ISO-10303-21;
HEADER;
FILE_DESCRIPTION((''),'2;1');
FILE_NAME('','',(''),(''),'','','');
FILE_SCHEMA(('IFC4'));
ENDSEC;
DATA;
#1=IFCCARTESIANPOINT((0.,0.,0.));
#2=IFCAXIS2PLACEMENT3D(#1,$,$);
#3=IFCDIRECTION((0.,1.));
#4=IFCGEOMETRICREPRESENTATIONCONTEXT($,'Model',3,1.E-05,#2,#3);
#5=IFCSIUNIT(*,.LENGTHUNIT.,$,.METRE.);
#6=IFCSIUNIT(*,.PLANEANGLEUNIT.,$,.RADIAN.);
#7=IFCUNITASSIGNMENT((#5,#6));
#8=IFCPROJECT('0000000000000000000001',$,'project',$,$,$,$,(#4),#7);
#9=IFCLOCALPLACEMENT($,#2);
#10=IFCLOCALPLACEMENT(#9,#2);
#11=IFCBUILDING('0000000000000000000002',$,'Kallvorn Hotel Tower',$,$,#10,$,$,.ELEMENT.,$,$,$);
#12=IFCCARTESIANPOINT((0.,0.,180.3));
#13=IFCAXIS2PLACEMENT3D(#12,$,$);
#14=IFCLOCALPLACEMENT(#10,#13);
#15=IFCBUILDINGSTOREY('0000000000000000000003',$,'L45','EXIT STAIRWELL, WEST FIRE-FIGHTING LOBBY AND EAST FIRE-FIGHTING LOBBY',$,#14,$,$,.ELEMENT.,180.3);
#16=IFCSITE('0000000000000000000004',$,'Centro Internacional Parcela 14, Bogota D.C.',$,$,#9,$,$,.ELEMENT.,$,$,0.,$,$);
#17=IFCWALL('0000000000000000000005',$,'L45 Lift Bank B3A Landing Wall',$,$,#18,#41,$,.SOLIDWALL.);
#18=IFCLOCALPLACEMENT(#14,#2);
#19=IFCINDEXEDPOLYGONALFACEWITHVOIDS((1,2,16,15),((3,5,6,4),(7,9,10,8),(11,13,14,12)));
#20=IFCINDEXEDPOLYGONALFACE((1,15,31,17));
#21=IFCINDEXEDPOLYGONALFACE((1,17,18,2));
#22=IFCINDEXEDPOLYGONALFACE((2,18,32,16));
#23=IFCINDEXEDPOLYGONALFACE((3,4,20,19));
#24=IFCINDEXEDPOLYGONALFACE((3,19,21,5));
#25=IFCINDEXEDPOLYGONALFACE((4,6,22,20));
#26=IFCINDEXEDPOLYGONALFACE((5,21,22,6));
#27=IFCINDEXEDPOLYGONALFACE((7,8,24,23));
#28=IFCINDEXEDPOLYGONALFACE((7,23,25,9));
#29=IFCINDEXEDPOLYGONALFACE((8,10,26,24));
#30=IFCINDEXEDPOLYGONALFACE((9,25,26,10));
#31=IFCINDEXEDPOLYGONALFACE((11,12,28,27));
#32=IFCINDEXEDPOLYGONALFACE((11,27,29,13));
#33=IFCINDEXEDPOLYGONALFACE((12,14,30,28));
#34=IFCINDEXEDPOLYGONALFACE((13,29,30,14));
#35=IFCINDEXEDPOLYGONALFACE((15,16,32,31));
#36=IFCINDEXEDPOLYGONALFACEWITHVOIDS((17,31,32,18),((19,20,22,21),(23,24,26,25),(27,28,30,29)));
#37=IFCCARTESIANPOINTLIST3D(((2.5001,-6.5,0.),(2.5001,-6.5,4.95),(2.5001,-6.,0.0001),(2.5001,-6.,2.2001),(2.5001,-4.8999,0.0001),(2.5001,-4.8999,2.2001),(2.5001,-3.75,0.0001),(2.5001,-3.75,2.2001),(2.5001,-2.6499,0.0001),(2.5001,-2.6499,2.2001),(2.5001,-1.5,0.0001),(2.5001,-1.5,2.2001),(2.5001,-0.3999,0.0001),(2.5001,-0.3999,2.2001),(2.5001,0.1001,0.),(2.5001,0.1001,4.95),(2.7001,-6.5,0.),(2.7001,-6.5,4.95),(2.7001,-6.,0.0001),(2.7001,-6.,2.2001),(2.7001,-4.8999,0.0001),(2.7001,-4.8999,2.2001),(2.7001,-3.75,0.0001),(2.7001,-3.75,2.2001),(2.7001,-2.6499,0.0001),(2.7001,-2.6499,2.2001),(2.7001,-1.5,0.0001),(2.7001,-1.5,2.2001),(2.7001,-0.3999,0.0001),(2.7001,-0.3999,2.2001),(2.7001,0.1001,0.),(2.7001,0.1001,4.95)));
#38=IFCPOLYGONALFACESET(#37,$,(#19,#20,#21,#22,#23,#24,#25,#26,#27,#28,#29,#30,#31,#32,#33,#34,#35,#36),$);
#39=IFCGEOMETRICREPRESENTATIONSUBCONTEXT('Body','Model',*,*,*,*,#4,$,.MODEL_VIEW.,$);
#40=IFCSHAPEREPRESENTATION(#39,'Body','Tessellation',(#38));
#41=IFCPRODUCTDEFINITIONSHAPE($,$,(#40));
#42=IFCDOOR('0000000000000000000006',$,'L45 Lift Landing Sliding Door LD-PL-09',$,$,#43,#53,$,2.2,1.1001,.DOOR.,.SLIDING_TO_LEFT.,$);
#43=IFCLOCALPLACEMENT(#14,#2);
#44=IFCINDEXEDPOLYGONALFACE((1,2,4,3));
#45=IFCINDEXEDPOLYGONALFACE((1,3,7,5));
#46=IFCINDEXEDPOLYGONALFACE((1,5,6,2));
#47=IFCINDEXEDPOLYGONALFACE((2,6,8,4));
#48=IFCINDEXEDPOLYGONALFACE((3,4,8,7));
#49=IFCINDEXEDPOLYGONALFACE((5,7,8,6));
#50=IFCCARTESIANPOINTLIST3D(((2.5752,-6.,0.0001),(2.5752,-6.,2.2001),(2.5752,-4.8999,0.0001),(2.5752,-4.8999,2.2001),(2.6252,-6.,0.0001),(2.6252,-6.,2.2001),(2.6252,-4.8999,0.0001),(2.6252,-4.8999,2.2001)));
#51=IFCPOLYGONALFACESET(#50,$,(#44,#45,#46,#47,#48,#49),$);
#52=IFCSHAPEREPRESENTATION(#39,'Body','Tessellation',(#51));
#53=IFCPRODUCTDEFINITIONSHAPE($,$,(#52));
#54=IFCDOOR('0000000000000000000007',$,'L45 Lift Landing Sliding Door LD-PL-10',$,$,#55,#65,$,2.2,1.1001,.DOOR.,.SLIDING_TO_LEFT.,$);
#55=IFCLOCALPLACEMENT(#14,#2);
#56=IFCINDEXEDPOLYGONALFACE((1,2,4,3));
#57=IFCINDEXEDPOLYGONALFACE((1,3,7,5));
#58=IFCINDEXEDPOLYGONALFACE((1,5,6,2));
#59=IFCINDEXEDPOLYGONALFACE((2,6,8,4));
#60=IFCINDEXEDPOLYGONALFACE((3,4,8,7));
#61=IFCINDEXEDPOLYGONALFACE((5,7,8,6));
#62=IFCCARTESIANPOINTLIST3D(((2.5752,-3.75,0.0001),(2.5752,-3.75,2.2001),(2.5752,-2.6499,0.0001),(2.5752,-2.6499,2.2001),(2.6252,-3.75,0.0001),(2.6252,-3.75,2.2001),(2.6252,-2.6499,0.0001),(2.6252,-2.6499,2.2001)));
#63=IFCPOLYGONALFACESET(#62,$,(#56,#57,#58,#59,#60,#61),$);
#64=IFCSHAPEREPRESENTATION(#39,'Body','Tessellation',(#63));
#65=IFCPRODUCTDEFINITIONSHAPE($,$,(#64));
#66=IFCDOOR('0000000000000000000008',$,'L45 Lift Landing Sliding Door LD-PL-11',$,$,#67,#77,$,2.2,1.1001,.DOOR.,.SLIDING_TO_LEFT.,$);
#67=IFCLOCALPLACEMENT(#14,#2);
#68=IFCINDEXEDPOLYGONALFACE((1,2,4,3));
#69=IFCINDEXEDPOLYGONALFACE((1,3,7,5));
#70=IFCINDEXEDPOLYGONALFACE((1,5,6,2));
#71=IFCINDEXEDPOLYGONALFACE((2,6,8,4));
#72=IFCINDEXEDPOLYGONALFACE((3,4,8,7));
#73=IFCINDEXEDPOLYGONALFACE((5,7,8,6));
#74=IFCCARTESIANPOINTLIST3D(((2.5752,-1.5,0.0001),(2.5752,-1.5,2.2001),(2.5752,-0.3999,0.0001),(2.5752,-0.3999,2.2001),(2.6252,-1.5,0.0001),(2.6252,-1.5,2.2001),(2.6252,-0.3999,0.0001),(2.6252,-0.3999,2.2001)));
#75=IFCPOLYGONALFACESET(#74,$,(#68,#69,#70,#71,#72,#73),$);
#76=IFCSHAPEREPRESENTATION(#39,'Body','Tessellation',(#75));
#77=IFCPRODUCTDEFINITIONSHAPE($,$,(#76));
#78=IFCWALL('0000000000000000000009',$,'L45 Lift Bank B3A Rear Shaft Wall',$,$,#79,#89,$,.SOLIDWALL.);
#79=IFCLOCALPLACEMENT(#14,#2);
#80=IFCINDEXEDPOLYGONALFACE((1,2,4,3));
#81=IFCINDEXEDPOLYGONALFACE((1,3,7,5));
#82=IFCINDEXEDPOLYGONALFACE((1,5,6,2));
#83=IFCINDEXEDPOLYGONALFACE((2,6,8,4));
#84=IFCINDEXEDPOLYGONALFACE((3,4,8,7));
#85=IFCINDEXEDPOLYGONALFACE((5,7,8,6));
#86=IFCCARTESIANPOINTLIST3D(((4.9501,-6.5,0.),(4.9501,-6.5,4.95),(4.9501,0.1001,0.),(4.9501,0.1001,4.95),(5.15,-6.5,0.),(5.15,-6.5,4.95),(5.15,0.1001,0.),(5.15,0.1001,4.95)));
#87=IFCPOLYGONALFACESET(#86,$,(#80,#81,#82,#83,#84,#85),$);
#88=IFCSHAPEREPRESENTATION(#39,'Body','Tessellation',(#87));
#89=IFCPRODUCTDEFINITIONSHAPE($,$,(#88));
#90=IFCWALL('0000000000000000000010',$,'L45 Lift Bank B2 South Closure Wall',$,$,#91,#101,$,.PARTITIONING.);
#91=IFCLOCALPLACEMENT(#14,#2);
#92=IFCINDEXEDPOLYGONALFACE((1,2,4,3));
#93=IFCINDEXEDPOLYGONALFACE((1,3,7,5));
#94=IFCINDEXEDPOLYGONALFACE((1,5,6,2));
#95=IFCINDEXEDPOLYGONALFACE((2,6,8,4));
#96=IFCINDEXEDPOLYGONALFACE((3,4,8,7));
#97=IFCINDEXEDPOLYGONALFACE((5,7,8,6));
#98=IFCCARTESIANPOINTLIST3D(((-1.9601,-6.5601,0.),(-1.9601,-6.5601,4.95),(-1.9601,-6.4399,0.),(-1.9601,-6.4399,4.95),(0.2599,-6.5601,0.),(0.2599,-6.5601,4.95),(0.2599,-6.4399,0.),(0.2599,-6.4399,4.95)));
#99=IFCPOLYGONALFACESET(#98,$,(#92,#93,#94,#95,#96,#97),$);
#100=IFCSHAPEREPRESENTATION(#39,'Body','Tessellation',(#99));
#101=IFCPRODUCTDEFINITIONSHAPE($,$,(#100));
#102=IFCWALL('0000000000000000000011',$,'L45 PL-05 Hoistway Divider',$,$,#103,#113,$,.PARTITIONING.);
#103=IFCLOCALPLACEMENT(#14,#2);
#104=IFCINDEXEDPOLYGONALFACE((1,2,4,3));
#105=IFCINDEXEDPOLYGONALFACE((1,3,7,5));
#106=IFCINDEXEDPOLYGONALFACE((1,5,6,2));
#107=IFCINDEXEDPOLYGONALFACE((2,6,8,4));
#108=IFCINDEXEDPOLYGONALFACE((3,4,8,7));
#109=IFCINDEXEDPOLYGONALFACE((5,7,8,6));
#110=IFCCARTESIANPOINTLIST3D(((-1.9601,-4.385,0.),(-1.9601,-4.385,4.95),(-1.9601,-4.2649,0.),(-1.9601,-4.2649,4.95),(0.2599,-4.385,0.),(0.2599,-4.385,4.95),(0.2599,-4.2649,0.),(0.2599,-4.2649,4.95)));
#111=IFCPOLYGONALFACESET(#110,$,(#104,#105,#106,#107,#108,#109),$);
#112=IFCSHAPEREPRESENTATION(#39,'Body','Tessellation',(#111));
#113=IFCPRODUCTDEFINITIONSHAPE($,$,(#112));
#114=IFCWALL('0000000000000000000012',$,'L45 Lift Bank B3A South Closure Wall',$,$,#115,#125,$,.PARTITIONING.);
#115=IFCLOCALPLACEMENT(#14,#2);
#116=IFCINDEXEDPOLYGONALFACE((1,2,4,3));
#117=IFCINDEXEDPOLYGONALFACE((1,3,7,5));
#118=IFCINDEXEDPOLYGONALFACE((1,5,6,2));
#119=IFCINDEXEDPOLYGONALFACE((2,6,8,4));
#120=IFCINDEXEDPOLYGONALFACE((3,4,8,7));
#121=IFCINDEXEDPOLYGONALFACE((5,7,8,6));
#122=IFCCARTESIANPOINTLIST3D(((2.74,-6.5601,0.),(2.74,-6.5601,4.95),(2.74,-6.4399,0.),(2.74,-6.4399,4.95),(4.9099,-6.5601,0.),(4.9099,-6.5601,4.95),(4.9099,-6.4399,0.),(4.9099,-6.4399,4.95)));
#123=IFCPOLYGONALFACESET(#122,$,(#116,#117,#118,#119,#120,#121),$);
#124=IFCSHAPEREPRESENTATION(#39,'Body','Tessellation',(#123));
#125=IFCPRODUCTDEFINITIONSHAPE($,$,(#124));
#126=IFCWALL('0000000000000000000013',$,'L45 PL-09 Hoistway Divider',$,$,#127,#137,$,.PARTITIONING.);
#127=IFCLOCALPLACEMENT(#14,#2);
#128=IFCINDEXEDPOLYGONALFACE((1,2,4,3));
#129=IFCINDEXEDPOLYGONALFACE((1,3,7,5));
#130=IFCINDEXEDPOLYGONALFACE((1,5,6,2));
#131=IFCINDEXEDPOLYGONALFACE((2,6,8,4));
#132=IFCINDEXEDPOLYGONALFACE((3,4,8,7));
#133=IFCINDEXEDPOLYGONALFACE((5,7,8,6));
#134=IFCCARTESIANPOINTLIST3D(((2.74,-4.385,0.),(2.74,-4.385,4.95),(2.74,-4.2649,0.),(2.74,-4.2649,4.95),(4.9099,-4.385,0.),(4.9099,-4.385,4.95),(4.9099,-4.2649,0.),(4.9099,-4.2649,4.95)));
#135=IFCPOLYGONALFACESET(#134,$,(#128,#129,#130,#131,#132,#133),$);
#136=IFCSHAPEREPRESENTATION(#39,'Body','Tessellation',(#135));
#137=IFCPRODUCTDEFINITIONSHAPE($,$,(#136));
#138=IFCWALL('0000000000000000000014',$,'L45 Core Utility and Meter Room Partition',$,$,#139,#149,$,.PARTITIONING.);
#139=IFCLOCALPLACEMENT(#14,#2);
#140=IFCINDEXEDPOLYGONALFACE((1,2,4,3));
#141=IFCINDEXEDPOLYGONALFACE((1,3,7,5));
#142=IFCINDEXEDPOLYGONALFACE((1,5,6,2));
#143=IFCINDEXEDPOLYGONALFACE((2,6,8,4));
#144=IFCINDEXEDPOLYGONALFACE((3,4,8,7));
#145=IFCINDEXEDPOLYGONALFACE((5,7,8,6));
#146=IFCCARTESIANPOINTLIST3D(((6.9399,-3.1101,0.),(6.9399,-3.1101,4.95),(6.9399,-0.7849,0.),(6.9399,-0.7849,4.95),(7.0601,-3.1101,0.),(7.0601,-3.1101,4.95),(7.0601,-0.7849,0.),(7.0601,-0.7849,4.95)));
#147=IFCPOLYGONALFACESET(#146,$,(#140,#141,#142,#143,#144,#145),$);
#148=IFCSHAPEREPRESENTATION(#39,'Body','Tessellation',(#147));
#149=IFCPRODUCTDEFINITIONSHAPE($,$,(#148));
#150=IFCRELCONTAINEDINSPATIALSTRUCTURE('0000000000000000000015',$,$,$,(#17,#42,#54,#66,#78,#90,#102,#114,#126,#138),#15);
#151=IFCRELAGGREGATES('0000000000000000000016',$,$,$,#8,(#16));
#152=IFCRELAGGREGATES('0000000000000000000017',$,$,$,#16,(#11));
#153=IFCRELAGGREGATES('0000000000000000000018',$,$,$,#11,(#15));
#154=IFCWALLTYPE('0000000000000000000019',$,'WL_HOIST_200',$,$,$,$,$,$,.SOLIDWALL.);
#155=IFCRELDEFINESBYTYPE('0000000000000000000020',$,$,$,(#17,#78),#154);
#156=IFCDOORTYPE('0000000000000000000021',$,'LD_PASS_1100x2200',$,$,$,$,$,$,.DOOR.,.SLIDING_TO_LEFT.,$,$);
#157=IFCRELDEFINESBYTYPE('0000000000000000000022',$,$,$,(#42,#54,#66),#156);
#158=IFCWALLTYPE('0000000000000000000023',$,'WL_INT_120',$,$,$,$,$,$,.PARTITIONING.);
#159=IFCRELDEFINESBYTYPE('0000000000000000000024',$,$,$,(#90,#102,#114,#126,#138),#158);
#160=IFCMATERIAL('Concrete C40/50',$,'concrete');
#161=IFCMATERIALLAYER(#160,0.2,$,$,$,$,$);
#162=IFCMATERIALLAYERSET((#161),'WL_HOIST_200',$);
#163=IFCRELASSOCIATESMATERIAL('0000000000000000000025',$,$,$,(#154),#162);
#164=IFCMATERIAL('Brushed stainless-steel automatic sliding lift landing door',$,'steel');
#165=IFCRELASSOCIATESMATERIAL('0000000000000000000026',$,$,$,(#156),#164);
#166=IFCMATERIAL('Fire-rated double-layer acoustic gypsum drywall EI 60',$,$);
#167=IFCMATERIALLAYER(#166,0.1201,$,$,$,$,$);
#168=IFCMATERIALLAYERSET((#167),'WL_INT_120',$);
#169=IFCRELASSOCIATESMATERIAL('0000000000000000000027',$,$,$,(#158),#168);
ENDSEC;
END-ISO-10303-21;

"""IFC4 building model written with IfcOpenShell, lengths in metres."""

from ifc_helpers import new_model, si_unit, direction, frame, frame_2d, origin, place, context, subcontext, project, spatial, rectangle, extrude, material, layer, layer_set, type_object, element, fill, save


model = new_model("IFC4")

# Units and contexts
model_context = context("Model", 3, precision=1e-05, world=origin(), true_north=direction((0.0, 1.0)))
body_context = subcontext(model_context, "Body", "Model", "MODEL_VIEW")
ifc_project = project(units=[si_unit("LENGTHUNIT", "METRE"), si_unit("PLANEANGLEUNIT", "RADIAN")], contexts=[model_context])

# Site, building, storey
site_placement = place(None, origin())
site = spatial("IfcSite", under=ifc_project, at=site_placement, Name="Centro Internacional Parcela 14, Bogota D.C.", CompositionType="ELEMENT", RefElevation=0.0)
building_placement = place(site_placement, origin())
building = spatial("IfcBuilding", under=site, at=building_placement, Name="Kallvorn Hotel Tower", CompositionType="ELEMENT")
storey_placement = place(building_placement, frame((0.0, 0.0, 180.3)))
storey = spatial("IfcBuildingStorey", under=building, at=storey_placement, Name="L45", Description="EXIT STAIRWELL, WEST FIRE-FIGHTING LOBBY AND EAST FIRE-FIGHTING LOBBY", CompositionType="ELEMENT", Elevation=180.3)

# Shared definitions
ifc_material_1 = material(Name="Concrete C40/50", Category="concrete")
ifc_layer_1 = layer(ifc_material_1, 0.2)
ifc_layer_set_1 = layer_set([ifc_layer_1], Name="WL_HOIST_200")
wall_type_1 = type_object("IfcWallType", Name="WL_HOIST_200", PredefinedType="SOLIDWALL", material=ifc_layer_set_1)
ifc_material_2 = material(Name="Brushed stainless-steel automatic sliding lift landing door", Category="steel")
door_type_1 = type_object("IfcDoorType", Name="LD_PASS_1100x2200", OperationType="SLIDING_TO_LEFT", PredefinedType="DOOR", material=ifc_material_2)

# Wall, openings, doors
wall_1_placement = place(storey_placement, frame((2.6001, -6.5, 0.0), z_axis=(0.0, 0.0, 1.0), x_axis=(0.0, 1.0, 0.0)))
wall_1 = element("IfcWall", 1, at=wall_1_placement, inside=storey, type_object=wall_type_1, Name="L45 Lift Bank B3A Landing Wall", PredefinedType="SOLIDWALL", context=body_context, shape_type="SweptSolid", body=[
    extrude(rectangle(XDim=6.6001, YDim=0.2, at=frame_2d((3.3, 0.0))), origin(), (0.0, 0.0, 1.0), 4.95),
])
opening_1_placement = place(wall_1_placement, frame((0.5, 0.0, 0.0)))
opening_1 = element("IfcOpeningElement", 2, at=opening_1_placement, cuts=wall_1, PredefinedType="OPENING", context=body_context, shape_type="SweptSolid", body=[
    extrude(rectangle(XDim=1.1001, YDim=2.2, at=frame_2d((0.55, 1.1001))), frame((0.0, 0.115, 0.0), z_axis=(0.0, -1.0, 0.0), x_axis=(1.0, 0.0, 0.0)), (0.0, 0.0, 1.0), 0.23),
])
opening_2_placement = place(wall_1_placement, frame((2.75, 0.0, 0.0)))
opening_2 = element("IfcOpeningElement", 3, at=opening_2_placement, cuts=wall_1, PredefinedType="OPENING", context=body_context, shape_type="SweptSolid", body=[
    extrude(rectangle(XDim=1.1001, YDim=2.2, at=frame_2d((0.55, 1.1001))), frame((0.0, 0.115, 0.0), z_axis=(0.0, -1.0, 0.0), x_axis=(1.0, 0.0, 0.0)), (0.0, 0.0, 1.0), 0.23),
])
opening_3_placement = place(wall_1_placement, frame((5.0, 0.0, 0.0)))
opening_3 = element("IfcOpeningElement", 4, at=opening_3_placement, cuts=wall_1, PredefinedType="OPENING", context=body_context, shape_type="SweptSolid", body=[
    extrude(rectangle(XDim=1.1001, YDim=2.2, at=frame_2d((0.55, 1.1001))), frame((0.0, 0.115, 0.0), z_axis=(0.0, -1.0, 0.0), x_axis=(1.0, 0.0, 0.0)), (0.0, 0.0, 1.0), 0.23),
])
door_1_placement = place(opening_1_placement, origin())
door_1 = element("IfcDoor", 5, at=door_1_placement, inside=storey, type_object=door_type_1, Name="L45 Lift Landing Sliding Door LD-PL-09", OperationType="SLIDING_TO_LEFT", OverallHeight=2.2, OverallWidth=1.1001, PredefinedType="DOOR", context=body_context, shape_type="SweptSolid", body=[
    extrude(rectangle(XDim=1.1001, YDim=2.2, at=frame_2d((0.55, 1.1001))), frame((0.0, 0.0249, 0.0), z_axis=(0.0, -1.0, 0.0), x_axis=(1.0, 0.0, 0.0)), (0.0, 0.0, 1.0), 0.05),
])
fill(opening_1, door_1)
door_2_placement = place(opening_2_placement, origin())
door_2 = element("IfcDoor", 6, at=door_2_placement, inside=storey, type_object=door_type_1, Name="L45 Lift Landing Sliding Door LD-PL-10", OperationType="SLIDING_TO_LEFT", OverallHeight=2.2, OverallWidth=1.1001, PredefinedType="DOOR", context=body_context, shape_type="SweptSolid", body=[
    extrude(rectangle(XDim=1.1001, YDim=2.2, at=frame_2d((0.55, 1.1001))), frame((0.0, 0.0249, 0.0), z_axis=(0.0, -1.0, 0.0), x_axis=(1.0, 0.0, 0.0)), (0.0, 0.0, 1.0), 0.05),
])
fill(opening_2, door_2)
door_3_placement = place(opening_3_placement, origin())
door_3 = element("IfcDoor", 7, at=door_3_placement, inside=storey, type_object=door_type_1, Name="L45 Lift Landing Sliding Door LD-PL-11", OperationType="SLIDING_TO_LEFT", OverallHeight=2.2, OverallWidth=1.1001, PredefinedType="DOOR", context=body_context, shape_type="SweptSolid", body=[
    extrude(rectangle(XDim=1.1001, YDim=2.2, at=frame_2d((0.55, 1.1001))), frame((0.0, 0.0249, 0.0), z_axis=(0.0, -1.0, 0.0), x_axis=(1.0, 0.0, 0.0)), (0.0, 0.0, 1.0), 0.05),
])
fill(opening_3, door_3)

# Walls
wall_2_placement = place(storey_placement, frame((5.05, -6.5, 0.0), z_axis=(0.0, 0.0, 1.0), x_axis=(0.0, 1.0, 0.0)))
element("IfcWall", 8, at=wall_2_placement, inside=storey, type_object=wall_type_1, Name="L45 Lift Bank B3A Rear Shaft Wall", PredefinedType="SOLIDWALL", context=body_context, shape_type="SweptSolid", body=[
    extrude(rectangle(XDim=6.6001, YDim=0.2, at=frame_2d((3.3, 0.0))), origin(), (0.0, 0.0, 1.0), 4.95),
])
ifc_material_3 = material(Name="Fire-rated double-layer acoustic gypsum drywall EI 60")
ifc_layer_2 = layer(ifc_material_3, 0.1201)
ifc_layer_set_2 = layer_set([ifc_layer_2], Name="WL_INT_120")
wall_type_2 = type_object("IfcWallType", Name="WL_INT_120", PredefinedType="PARTITIONING", material=ifc_layer_set_2)
for number, where, z_axis, x_axis, name in (
    (9, (-1.96, -6.5, 0.0), (0.0, 0.0, 1.0), (1.0, 0.0, 0.0), "L45 Lift Bank B2 South Closure Wall"),
    (10, (-1.96, -4.325, 0.0), (0.0, 0.0, 1.0), (1.0, 0.0, 0.0), "L45 PL-05 Hoistway Divider"),
):
    element("IfcWall", number, at=place(storey_placement, frame(where, z_axis=z_axis, x_axis=x_axis)), inside=storey, type_object=wall_type_2, Name=name, PredefinedType="PARTITIONING", context=body_context, shape_type="SweptSolid", body=[
        extrude(rectangle(XDim=2.22, YDim=0.1201, at=frame_2d((1.1099, 0.0))), origin(), (0.0, 0.0, 1.0), 4.95),
    ])
for number, where, z_axis, x_axis, name in (
    (11, (2.74, -6.5, 0.0), (0.0, 0.0, 1.0), (1.0, 0.0, 0.0), "L45 Lift Bank B3A South Closure Wall"),
    (12, (2.74, -4.325, 0.0), (0.0, 0.0, 1.0), (1.0, 0.0, 0.0), "L45 PL-09 Hoistway Divider"),
):
    element("IfcWall", number, at=place(storey_placement, frame(where, z_axis=z_axis, x_axis=x_axis)), inside=storey, type_object=wall_type_2, Name=name, PredefinedType="PARTITIONING", context=body_context, shape_type="SweptSolid", body=[
        extrude(rectangle(XDim=2.1699, YDim=0.1201, at=frame_2d((1.085, 0.0))), origin(), (0.0, 0.0, 1.0), 4.95),
    ])
wall_3_placement = place(storey_placement, frame((7.0, -3.1101, 0.0), z_axis=(0.0, 0.0, 1.0), x_axis=(0.0, 1.0, 0.0)))
element("IfcWall", 13, at=wall_3_placement, inside=storey, type_object=wall_type_2, Name="L45 Core Utility and Meter Room Partition", PredefinedType="PARTITIONING", context=body_context, shape_type="SweptSolid", body=[
    extrude(rectangle(XDim=2.3252, YDim=0.1201, at=frame_2d((1.1626, 0.0))), origin(), (0.0, 0.0, 1.0), 4.95),
])

save(model, "model.ifc")
